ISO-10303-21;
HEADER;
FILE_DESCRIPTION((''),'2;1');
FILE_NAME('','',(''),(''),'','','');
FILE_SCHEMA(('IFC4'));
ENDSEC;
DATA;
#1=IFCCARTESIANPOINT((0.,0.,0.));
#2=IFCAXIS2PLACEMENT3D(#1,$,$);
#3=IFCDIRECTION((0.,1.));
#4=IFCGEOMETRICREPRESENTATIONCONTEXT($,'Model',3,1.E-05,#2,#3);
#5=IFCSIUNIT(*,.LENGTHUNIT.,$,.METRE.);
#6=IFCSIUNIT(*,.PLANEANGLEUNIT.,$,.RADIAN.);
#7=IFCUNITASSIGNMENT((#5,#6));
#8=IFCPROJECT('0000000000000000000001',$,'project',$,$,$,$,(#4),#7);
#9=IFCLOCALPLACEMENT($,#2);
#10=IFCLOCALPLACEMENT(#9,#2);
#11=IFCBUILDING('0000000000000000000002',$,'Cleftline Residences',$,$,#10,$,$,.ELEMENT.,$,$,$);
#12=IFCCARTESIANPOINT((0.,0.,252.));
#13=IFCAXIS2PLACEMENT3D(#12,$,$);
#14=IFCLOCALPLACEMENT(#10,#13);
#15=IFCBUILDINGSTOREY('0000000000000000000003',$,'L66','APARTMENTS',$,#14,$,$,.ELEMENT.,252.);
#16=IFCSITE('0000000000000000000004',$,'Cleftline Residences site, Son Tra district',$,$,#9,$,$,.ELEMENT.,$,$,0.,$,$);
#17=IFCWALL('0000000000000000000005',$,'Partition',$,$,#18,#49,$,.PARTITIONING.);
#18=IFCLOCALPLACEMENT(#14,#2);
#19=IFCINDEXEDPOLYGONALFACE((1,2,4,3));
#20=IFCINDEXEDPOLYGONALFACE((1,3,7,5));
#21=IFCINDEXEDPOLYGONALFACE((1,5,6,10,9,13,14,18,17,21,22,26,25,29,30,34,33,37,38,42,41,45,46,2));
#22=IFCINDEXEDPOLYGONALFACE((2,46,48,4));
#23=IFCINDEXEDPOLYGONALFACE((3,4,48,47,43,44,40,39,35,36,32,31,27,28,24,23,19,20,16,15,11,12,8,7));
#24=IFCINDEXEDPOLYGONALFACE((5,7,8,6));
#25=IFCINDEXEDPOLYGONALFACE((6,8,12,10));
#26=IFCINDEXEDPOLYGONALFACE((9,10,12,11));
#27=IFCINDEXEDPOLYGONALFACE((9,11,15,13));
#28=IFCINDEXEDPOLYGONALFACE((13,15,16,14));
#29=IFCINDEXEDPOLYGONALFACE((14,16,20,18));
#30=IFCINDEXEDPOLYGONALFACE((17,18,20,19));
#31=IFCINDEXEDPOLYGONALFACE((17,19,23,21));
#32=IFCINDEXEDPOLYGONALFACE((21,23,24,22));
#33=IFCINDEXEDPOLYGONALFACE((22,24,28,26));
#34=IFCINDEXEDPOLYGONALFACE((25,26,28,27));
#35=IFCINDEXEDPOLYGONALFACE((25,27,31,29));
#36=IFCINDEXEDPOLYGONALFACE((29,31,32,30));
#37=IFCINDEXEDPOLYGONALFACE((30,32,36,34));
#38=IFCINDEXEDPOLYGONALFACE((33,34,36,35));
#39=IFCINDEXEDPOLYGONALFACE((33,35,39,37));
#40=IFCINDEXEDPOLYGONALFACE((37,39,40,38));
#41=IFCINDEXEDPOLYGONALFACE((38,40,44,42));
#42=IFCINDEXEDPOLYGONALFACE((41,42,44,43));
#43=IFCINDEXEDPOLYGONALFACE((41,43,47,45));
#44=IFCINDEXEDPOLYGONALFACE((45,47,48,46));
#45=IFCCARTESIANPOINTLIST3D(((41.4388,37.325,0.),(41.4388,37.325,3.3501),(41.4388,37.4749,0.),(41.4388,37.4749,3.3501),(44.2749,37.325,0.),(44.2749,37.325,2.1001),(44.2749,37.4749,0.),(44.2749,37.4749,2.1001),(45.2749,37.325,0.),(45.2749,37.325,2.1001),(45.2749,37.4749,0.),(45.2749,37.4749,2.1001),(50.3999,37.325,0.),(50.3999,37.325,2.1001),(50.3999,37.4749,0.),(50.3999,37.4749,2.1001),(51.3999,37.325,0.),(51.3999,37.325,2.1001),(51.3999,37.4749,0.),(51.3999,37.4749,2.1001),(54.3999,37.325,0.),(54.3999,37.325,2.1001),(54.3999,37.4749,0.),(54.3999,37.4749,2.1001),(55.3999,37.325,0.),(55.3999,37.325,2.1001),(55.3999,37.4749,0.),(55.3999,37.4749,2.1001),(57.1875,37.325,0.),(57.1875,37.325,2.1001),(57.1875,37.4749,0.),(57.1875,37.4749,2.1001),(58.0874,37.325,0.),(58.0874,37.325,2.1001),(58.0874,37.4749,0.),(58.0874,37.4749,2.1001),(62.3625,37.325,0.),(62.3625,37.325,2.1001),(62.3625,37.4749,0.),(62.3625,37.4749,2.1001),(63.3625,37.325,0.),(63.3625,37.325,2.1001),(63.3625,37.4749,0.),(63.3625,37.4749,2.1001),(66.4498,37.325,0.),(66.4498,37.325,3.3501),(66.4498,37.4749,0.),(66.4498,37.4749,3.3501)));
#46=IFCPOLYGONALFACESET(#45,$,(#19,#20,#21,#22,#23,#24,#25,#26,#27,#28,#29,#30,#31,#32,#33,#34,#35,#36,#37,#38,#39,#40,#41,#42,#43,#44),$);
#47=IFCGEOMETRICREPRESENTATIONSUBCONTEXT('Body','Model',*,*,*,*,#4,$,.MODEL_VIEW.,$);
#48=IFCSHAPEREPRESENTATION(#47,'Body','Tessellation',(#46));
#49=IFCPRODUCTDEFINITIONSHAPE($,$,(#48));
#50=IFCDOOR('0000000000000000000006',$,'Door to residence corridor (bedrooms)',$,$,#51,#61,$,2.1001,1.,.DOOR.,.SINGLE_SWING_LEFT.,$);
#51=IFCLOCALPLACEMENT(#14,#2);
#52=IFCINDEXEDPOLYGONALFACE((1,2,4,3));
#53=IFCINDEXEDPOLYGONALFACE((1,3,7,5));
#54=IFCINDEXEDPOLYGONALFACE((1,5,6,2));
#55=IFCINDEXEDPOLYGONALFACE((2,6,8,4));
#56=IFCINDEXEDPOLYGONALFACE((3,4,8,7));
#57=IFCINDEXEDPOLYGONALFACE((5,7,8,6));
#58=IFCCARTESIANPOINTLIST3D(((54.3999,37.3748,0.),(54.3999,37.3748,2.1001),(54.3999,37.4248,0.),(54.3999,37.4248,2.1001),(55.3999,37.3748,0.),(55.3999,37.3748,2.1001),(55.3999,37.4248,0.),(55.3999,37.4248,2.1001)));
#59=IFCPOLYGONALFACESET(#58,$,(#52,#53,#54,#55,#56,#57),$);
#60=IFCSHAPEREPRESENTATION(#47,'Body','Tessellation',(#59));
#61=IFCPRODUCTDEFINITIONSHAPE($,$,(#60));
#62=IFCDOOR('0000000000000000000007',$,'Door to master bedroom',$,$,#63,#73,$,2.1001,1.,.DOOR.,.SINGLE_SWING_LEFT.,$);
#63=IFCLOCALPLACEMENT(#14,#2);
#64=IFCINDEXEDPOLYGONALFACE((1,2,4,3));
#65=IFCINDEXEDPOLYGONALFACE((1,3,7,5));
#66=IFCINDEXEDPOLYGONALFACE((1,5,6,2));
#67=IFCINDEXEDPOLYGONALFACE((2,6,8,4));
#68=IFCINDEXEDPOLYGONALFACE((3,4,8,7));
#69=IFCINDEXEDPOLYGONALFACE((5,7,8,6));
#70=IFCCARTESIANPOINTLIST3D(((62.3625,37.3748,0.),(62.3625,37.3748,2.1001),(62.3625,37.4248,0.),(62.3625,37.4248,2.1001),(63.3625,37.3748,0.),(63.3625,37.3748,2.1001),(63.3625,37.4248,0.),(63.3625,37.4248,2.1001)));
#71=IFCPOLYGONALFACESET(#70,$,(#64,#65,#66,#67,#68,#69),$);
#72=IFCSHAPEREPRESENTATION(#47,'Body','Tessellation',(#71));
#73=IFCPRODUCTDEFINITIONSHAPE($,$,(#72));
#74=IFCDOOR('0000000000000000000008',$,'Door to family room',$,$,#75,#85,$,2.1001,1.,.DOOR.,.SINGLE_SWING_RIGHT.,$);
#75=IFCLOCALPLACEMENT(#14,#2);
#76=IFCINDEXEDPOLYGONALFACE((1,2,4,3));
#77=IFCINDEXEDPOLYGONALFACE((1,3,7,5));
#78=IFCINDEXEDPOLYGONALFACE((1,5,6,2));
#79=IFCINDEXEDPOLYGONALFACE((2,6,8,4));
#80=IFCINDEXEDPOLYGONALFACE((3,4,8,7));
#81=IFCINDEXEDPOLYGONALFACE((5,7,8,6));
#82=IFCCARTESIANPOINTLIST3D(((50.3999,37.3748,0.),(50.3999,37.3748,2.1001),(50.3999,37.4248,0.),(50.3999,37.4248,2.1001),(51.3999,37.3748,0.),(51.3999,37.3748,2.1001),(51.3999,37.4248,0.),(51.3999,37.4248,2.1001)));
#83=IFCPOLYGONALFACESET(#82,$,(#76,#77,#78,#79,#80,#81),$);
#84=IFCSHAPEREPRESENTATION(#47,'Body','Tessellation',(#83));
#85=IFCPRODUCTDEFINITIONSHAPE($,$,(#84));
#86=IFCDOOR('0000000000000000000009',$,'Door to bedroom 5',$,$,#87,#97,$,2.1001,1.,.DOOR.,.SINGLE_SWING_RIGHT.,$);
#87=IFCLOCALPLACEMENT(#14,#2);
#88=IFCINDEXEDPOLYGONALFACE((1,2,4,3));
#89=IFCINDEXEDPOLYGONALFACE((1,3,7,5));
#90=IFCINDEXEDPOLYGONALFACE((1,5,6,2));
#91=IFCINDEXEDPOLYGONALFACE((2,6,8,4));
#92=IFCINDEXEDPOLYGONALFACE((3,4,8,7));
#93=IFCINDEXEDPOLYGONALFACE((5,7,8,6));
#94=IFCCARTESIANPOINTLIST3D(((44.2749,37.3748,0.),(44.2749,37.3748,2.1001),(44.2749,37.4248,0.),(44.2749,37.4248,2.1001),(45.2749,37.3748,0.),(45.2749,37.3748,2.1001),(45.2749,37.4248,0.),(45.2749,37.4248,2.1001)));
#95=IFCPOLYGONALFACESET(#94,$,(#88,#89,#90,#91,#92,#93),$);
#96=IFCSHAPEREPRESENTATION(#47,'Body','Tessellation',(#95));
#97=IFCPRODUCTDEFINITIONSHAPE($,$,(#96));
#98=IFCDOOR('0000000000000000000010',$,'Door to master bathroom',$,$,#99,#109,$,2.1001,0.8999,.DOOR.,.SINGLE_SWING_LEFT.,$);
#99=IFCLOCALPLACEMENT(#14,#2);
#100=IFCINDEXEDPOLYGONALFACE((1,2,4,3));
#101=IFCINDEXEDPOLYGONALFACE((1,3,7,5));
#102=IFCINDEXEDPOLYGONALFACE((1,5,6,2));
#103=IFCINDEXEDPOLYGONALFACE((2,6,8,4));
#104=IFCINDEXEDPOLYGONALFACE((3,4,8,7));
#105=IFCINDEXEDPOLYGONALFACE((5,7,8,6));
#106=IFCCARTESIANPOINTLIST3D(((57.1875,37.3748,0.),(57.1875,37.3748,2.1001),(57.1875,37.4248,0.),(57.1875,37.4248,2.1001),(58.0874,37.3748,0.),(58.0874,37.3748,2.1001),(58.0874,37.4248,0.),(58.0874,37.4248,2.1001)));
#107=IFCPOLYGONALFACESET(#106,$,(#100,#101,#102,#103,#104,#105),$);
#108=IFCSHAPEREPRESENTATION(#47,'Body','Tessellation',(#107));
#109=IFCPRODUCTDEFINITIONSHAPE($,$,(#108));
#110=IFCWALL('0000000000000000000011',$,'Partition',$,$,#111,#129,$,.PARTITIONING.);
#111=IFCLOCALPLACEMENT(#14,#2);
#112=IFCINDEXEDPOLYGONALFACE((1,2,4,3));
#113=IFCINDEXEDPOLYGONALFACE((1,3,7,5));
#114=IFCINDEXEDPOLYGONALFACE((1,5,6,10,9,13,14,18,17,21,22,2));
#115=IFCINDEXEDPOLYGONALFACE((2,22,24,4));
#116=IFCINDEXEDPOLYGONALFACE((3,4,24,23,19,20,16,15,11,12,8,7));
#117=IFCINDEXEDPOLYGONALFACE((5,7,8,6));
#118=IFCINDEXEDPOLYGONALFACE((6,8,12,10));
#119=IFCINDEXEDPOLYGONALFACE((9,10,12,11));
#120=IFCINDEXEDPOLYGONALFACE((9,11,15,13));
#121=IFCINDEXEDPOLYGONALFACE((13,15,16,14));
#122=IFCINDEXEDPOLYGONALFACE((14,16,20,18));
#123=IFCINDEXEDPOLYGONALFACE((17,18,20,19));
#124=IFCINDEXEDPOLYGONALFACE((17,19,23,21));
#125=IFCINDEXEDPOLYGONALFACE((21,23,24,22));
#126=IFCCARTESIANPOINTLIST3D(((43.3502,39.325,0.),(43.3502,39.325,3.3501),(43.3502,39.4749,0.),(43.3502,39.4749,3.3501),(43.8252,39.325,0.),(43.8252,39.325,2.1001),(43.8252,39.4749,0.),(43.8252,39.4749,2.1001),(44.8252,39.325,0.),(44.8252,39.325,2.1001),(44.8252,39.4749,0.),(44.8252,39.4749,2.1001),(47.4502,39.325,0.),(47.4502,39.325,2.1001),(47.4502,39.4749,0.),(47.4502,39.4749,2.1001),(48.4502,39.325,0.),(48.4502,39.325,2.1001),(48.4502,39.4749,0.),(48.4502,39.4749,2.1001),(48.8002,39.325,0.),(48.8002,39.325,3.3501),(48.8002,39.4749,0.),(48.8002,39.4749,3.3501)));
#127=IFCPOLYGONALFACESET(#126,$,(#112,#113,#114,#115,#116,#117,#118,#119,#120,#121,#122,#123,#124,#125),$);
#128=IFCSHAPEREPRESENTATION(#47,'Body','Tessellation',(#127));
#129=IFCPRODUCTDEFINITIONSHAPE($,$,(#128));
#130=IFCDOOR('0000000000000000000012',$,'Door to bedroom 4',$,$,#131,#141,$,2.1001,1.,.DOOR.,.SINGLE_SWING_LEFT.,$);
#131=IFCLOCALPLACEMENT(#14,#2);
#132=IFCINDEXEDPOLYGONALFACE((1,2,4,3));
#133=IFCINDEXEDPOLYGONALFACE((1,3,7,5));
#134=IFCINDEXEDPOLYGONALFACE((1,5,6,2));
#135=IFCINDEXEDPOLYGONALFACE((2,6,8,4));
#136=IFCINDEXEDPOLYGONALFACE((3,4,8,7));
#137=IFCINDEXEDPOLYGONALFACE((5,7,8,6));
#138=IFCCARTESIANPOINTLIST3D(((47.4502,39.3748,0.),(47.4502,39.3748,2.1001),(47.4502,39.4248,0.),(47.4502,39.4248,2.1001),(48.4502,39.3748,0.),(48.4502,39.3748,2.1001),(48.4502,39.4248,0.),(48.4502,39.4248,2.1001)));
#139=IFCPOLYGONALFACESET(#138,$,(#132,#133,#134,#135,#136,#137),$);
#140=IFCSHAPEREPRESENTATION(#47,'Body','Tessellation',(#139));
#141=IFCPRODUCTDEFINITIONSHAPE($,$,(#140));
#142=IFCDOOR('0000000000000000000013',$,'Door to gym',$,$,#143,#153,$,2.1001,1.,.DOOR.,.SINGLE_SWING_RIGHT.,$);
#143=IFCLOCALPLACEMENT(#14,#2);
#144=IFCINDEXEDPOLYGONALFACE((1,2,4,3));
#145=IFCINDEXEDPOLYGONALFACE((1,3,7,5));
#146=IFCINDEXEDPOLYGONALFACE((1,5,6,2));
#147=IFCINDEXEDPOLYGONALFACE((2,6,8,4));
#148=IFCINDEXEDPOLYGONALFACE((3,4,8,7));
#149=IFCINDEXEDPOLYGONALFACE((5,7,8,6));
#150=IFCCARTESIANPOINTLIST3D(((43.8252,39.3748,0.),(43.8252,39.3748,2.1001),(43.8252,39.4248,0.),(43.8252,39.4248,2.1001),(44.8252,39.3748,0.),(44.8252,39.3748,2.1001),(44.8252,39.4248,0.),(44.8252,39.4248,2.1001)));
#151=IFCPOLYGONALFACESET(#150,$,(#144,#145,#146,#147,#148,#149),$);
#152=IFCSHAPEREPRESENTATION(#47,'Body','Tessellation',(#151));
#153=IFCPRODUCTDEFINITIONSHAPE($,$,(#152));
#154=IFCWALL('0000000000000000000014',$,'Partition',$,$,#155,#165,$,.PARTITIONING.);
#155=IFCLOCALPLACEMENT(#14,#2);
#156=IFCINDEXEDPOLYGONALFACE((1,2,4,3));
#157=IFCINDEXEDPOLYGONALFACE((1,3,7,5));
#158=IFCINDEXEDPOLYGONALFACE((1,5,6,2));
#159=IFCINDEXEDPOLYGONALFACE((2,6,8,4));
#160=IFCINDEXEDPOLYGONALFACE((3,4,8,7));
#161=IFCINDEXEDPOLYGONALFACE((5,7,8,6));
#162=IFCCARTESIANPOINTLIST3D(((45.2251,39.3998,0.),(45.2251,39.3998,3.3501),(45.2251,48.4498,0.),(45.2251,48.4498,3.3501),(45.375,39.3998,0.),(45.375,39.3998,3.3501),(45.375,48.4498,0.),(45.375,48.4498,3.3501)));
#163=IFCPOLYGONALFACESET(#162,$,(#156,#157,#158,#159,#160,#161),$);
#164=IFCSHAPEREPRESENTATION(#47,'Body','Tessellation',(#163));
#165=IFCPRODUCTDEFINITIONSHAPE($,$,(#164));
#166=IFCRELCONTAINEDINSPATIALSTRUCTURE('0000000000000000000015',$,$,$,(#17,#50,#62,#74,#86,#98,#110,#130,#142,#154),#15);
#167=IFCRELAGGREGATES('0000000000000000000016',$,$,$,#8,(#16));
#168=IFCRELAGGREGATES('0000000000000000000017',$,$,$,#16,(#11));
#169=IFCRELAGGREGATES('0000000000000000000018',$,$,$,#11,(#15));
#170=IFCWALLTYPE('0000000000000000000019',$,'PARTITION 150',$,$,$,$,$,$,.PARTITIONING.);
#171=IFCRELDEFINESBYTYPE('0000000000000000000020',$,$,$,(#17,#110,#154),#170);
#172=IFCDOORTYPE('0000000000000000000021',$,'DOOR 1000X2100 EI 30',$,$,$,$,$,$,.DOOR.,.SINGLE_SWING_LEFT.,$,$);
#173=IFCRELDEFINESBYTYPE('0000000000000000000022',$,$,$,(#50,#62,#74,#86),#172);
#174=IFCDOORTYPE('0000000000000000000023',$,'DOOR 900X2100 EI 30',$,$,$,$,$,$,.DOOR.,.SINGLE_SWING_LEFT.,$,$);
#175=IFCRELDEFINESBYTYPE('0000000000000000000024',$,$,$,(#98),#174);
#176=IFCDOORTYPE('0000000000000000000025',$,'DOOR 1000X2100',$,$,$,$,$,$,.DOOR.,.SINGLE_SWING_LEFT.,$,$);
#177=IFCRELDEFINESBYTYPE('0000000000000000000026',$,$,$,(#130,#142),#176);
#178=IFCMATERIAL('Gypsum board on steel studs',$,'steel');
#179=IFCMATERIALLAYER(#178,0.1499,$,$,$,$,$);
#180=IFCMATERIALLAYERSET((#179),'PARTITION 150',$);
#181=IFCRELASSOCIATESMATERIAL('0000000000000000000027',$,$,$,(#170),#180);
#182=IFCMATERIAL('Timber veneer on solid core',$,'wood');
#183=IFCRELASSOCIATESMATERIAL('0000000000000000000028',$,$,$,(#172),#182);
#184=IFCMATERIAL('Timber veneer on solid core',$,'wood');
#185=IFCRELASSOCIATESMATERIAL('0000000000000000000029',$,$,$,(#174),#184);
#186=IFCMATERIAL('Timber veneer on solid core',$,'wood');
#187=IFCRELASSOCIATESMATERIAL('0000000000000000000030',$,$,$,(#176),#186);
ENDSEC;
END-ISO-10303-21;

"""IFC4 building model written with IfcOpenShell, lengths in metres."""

from ifc_helpers import new_model, si_unit, direction, frame, frame_2d, origin, place, context, subcontext, project, spatial, rectangle, extrude, material, layer, layer_set, type_object, element, fill, save


model = new_model("IFC4")

# Units and contexts
model_context = context("Model", 3, precision=1e-05, world=origin(), true_north=direction((0.0, 1.0)))
body_context = subcontext(model_context, "Body", "Model", "MODEL_VIEW")
ifc_project = project(units=[si_unit("LENGTHUNIT", "METRE"), si_unit("PLANEANGLEUNIT", "RADIAN")], contexts=[model_context])

# Site, building, storey
site_placement = place(None, origin())
site = spatial("IfcSite", under=ifc_project, at=site_placement, Name="Cleftline Residences site, Son Tra district", CompositionType="ELEMENT", RefElevation=0.0)
building_placement = place(site_placement, origin())
building = spatial("IfcBuilding", under=site, at=building_placement, Name="Cleftline Residences", CompositionType="ELEMENT")
storey_placement = place(building_placement, frame((0.0, 0.0, 252.0)))
storey = spatial("IfcBuildingStorey", under=building, at=storey_placement, Name="L66", Description="APARTMENTS", CompositionType="ELEMENT", Elevation=252.0)

# Shared definitions
ifc_material_1 = material(Name="Gypsum board on steel studs", Category="steel")
ifc_layer_1 = layer(ifc_material_1, 0.1499)
ifc_layer_set_1 = layer_set([ifc_layer_1], Name="PARTITION 150")
wall_type = type_object("IfcWallType", Name="PARTITION 150", PredefinedType="PARTITIONING", material=ifc_layer_set_1)

# Walls, openings, doors
wall_1_placement = place(storey_placement, frame((41.439, 37.3999, 0.0), z_axis=(0.0, 0.0, 1.0), x_axis=(1.0, 0.0, 0.0)))
wall_1 = element("IfcWall", 1, at=wall_1_placement, inside=storey, type_object=wall_type, Name="Partition", PredefinedType="PARTITIONING", context=body_context, shape_type="SweptSolid", body=[
    extrude(rectangle(XDim=25.011, YDim=0.1499, at=frame_2d((12.5054, 0.0))), origin(), (0.0, 0.0, 1.0), 3.3501),
])
opening_1_placement = place(wall_1_placement, frame((12.9609, 0.0, 0.0)))
opening_1 = element("IfcOpeningElement", 2, at=opening_1_placement, cuts=wall_1, PredefinedType="OPENING", context=body_context, shape_type="SweptSolid", body=[
    extrude(rectangle(XDim=1.0, YDim=2.1001, at=frame_2d((0.5, 1.05))), frame((0.0, 0.085, 0.0), z_axis=(0.0, -1.0, 0.0), x_axis=(1.0, 0.0, 0.0)), (0.0, 0.0, 1.0), 0.1699),
])
opening_2_placement = place(wall_1_placement, frame((20.9236, 0.0, 0.0)))
opening_2 = element("IfcOpeningElement", 3, at=opening_2_placement, cuts=wall_1, PredefinedType="OPENING", context=body_context, shape_type="SweptSolid", body=[
    extrude(rectangle(XDim=1.0, YDim=2.1001, at=frame_2d((0.5, 1.05))), frame((0.0, 0.085, 0.0), z_axis=(0.0, -1.0, 0.0), x_axis=(1.0, 0.0, 0.0)), (0.0, 0.0, 1.0), 0.1699),
])
opening_3_placement = place(wall_1_placement, frame((15.7485, 0.0, 0.0)))
opening_3 = element("IfcOpeningElement", 4, at=opening_3_placement, cuts=wall_1, PredefinedType="OPENING", context=body_context, shape_type="SweptSolid", body=[
    extrude(rectangle(XDim=0.8999, YDim=2.1001, at=frame_2d((0.45, 1.05))), frame((0.0, 0.085, 0.0), z_axis=(0.0, -1.0, 0.0), x_axis=(1.0, 0.0, 0.0)), (0.0, 0.0, 1.0), 0.1699),
])
opening_4_placement = place(wall_1_placement, frame((8.9609, 0.0, 0.0)))
opening_4 = element("IfcOpeningElement", 5, at=opening_4_placement, cuts=wall_1, PredefinedType="OPENING", context=body_context, shape_type="SweptSolid", body=[
    extrude(rectangle(XDim=1.0, YDim=2.1001, at=frame_2d((0.5, 1.05))), frame((0.0, 0.085, 0.0), z_axis=(0.0, -1.0, 0.0), x_axis=(1.0, 0.0, 0.0)), (0.0, 0.0, 1.0), 0.1699),
])
opening_5_placement = place(wall_1_placement, frame((2.8359, 0.0, 0.0)))
opening_5 = element("IfcOpeningElement", 6, at=opening_5_placement, cuts=wall_1, PredefinedType="OPENING", context=body_context, shape_type="SweptSolid", body=[
    extrude(rectangle(XDim=1.0, YDim=2.1001, at=frame_2d((0.5, 1.05))), frame((0.0, 0.085, 0.0), z_axis=(0.0, -1.0, 0.0), x_axis=(1.0, 0.0, 0.0)), (0.0, 0.0, 1.0), 0.1699),
])
ifc_material_2 = material(Name="Timber veneer on solid core", Category="wood")
door_type_1 = type_object("IfcDoorType", Name="DOOR 1000X2100 EI 30", OperationType="SINGLE_SWING_LEFT", PredefinedType="DOOR", material=ifc_material_2)
door_1_placement = place(opening_1_placement, origin())
door_1 = element("IfcDoor", 7, at=door_1_placement, inside=storey, type_object=door_type_1, Name="Door to residence corridor (bedrooms)", OperationType="SINGLE_SWING_LEFT", OverallHeight=2.1001, OverallWidth=1.0, PredefinedType="DOOR", context=body_context, shape_type="SweptSolid", body=[
    extrude(rectangle(XDim=1.0, YDim=2.1001, at=frame_2d((0.5, 1.05))), frame((0.0, 0.0249, 0.0), z_axis=(0.0, -1.0, 0.0), x_axis=(1.0, 0.0, 0.0)), (0.0, 0.0, 1.0), 0.05),
])
fill(opening_1, door_1)
door_2_placement = place(opening_2_placement, origin())
door_2 = element("IfcDoor", 8, at=door_2_placement, inside=storey, type_object=door_type_1, Name="Door to master bedroom", OperationType="SINGLE_SWING_LEFT", OverallHeight=2.1001, OverallWidth=1.0, PredefinedType="DOOR", context=body_context, shape_type="SweptSolid", body=[
    extrude(rectangle(XDim=1.0, YDim=2.1001, at=frame_2d((0.5, 1.05))), frame((0.0, 0.0249, 0.0), z_axis=(0.0, -1.0, 0.0), x_axis=(1.0, 0.0, 0.0)), (0.0, 0.0, 1.0), 0.05),
])
fill(opening_2, door_2)
door_3_placement = place(opening_4_placement, origin())
door_3 = element("IfcDoor", 9, at=door_3_placement, inside=storey, type_object=door_type_1, Name="Door to family room", OperationType="SINGLE_SWING_RIGHT", OverallHeight=2.1001, OverallWidth=1.0, PredefinedType="DOOR", context=body_context, shape_type="SweptSolid", body=[
    extrude(rectangle(XDim=1.0, YDim=2.1001, at=frame_2d((0.5, 1.05))), frame((0.0, 0.0249, 0.0), z_axis=(0.0, -1.0, 0.0), x_axis=(1.0, 0.0, 0.0)), (0.0, 0.0, 1.0), 0.05),
])
fill(opening_4, door_3)
door_4_placement = place(opening_5_placement, origin())
door_4 = element("IfcDoor", 10, at=door_4_placement, inside=storey, type_object=door_type_1, Name="Door to bedroom 5", OperationType="SINGLE_SWING_RIGHT", OverallHeight=2.1001, OverallWidth=1.0, PredefinedType="DOOR", context=body_context, shape_type="SweptSolid", body=[
    extrude(rectangle(XDim=1.0, YDim=2.1001, at=frame_2d((0.5, 1.05))), frame((0.0, 0.0249, 0.0), z_axis=(0.0, -1.0, 0.0), x_axis=(1.0, 0.0, 0.0)), (0.0, 0.0, 1.0), 0.05),
])
fill(opening_5, door_4)
ifc_material_3 = material(Name="Timber veneer on solid core", Category="wood")
door_type_2 = type_object("IfcDoorType", Name="DOOR 900X2100 EI 30", OperationType="SINGLE_SWING_LEFT", PredefinedType="DOOR", material=ifc_material_3)
door_5_placement = place(opening_3_placement, origin())
door_5 = element("IfcDoor", 11, at=door_5_placement, inside=storey, type_object=door_type_2, Name="Door to master bathroom", OperationType="SINGLE_SWING_LEFT", OverallHeight=2.1001, OverallWidth=0.8999, PredefinedType="DOOR", context=body_context, shape_type="SweptSolid", body=[
    extrude(rectangle(XDim=0.8999, YDim=2.1001, at=frame_2d((0.45, 1.05))), frame((0.0, 0.0249, 0.0), z_axis=(0.0, -1.0, 0.0), x_axis=(1.0, 0.0, 0.0)), (0.0, 0.0, 1.0), 0.05),
])
fill(opening_3, door_5)
wall_2_placement = place(storey_placement, frame((43.3501, 39.3999, 0.0), z_axis=(0.0, 0.0, 1.0), x_axis=(1.0, 0.0, 0.0)))
wall_2 = element("IfcWall", 12, at=wall_2_placement, inside=storey, type_object=wall_type, Name="Partition", PredefinedType="PARTITIONING", context=body_context, shape_type="SweptSolid", body=[
    extrude(rectangle(XDim=5.45, YDim=0.1499, at=frame_2d((2.7251, 0.0))), origin(), (0.0, 0.0, 1.0), 3.3501),
])
opening_6_placement = place(wall_2_placement, frame((4.1001, 0.0, 0.0)))
opening_6 = element("IfcOpeningElement", 13, at=opening_6_placement, cuts=wall_2, PredefinedType="OPENING", context=body_context, shape_type="SweptSolid", body=[
    extrude(rectangle(XDim=1.0, YDim=2.1001, at=frame_2d((0.5, 1.05))), frame((0.0, 0.085, 0.0), z_axis=(0.0, -1.0, 0.0), x_axis=(1.0, 0.0, 0.0)), (0.0, 0.0, 1.0), 0.1699),
])
opening_7_placement = place(wall_2_placement, frame((0.4751, 0.0, 0.0)))
opening_7 = element("IfcOpeningElement", 14, at=opening_7_placement, cuts=wall_2, PredefinedType="OPENING", context=body_context, shape_type="SweptSolid", body=[
    extrude(rectangle(XDim=1.0, YDim=2.1001, at=frame_2d((0.5, 1.05))), frame((0.0, 0.085, 0.0), z_axis=(0.0, -1.0, 0.0), x_axis=(1.0, 0.0, 0.0)), (0.0, 0.0, 1.0), 0.1699),
])
ifc_material_4 = material(Name="Timber veneer on solid core", Category="wood")
door_type_3 = type_object("IfcDoorType", Name="DOOR 1000X2100", OperationType="SINGLE_SWING_LEFT", PredefinedType="DOOR", material=ifc_material_4)
door_6_placement = place(opening_6_placement, origin())
door_6 = element("IfcDoor", 15, at=door_6_placement, inside=storey, type_object=door_type_3, Name="Door to bedroom 4", OperationType="SINGLE_SWING_LEFT", OverallHeight=2.1001, OverallWidth=1.0, PredefinedType="DOOR", context=body_context, shape_type="SweptSolid", body=[
    extrude(rectangle(XDim=1.0, YDim=2.1001, at=frame_2d((0.5, 1.05))), frame((0.0, 0.0249, 0.0), z_axis=(0.0, -1.0, 0.0), x_axis=(1.0, 0.0, 0.0)), (0.0, 0.0, 1.0), 0.05),
])
fill(opening_6, door_6)
door_7_placement = place(opening_7_placement, origin())
door_7 = element("IfcDoor", 16, at=door_7_placement, inside=storey, type_object=door_type_3, Name="Door to gym", OperationType="SINGLE_SWING_RIGHT", OverallHeight=2.1001, OverallWidth=1.0, PredefinedType="DOOR", context=body_context, shape_type="SweptSolid", body=[
    extrude(rectangle(XDim=1.0, YDim=2.1001, at=frame_2d((0.5, 1.05))), frame((0.0, 0.0249, 0.0), z_axis=(0.0, -1.0, 0.0), x_axis=(1.0, 0.0, 0.0)), (0.0, 0.0, 1.0), 0.05),
])
fill(opening_7, door_7)

# Wall
wall_3_placement = place(storey_placement, frame((45.3, 39.3999, 0.0), z_axis=(0.0, 0.0, 1.0), x_axis=(0.0, 1.0, 0.0)))
element("IfcWall", 17, at=wall_3_placement, inside=storey, type_object=wall_type, Name="Partition", PredefinedType="PARTITIONING", context=body_context, shape_type="SweptSolid", body=[
    extrude(rectangle(XDim=9.05, YDim=0.1499, at=frame_2d((4.5249, 0.0))), origin(), (0.0, 0.0, 1.0), 3.3501),
])

save(model, "model.ifc")
